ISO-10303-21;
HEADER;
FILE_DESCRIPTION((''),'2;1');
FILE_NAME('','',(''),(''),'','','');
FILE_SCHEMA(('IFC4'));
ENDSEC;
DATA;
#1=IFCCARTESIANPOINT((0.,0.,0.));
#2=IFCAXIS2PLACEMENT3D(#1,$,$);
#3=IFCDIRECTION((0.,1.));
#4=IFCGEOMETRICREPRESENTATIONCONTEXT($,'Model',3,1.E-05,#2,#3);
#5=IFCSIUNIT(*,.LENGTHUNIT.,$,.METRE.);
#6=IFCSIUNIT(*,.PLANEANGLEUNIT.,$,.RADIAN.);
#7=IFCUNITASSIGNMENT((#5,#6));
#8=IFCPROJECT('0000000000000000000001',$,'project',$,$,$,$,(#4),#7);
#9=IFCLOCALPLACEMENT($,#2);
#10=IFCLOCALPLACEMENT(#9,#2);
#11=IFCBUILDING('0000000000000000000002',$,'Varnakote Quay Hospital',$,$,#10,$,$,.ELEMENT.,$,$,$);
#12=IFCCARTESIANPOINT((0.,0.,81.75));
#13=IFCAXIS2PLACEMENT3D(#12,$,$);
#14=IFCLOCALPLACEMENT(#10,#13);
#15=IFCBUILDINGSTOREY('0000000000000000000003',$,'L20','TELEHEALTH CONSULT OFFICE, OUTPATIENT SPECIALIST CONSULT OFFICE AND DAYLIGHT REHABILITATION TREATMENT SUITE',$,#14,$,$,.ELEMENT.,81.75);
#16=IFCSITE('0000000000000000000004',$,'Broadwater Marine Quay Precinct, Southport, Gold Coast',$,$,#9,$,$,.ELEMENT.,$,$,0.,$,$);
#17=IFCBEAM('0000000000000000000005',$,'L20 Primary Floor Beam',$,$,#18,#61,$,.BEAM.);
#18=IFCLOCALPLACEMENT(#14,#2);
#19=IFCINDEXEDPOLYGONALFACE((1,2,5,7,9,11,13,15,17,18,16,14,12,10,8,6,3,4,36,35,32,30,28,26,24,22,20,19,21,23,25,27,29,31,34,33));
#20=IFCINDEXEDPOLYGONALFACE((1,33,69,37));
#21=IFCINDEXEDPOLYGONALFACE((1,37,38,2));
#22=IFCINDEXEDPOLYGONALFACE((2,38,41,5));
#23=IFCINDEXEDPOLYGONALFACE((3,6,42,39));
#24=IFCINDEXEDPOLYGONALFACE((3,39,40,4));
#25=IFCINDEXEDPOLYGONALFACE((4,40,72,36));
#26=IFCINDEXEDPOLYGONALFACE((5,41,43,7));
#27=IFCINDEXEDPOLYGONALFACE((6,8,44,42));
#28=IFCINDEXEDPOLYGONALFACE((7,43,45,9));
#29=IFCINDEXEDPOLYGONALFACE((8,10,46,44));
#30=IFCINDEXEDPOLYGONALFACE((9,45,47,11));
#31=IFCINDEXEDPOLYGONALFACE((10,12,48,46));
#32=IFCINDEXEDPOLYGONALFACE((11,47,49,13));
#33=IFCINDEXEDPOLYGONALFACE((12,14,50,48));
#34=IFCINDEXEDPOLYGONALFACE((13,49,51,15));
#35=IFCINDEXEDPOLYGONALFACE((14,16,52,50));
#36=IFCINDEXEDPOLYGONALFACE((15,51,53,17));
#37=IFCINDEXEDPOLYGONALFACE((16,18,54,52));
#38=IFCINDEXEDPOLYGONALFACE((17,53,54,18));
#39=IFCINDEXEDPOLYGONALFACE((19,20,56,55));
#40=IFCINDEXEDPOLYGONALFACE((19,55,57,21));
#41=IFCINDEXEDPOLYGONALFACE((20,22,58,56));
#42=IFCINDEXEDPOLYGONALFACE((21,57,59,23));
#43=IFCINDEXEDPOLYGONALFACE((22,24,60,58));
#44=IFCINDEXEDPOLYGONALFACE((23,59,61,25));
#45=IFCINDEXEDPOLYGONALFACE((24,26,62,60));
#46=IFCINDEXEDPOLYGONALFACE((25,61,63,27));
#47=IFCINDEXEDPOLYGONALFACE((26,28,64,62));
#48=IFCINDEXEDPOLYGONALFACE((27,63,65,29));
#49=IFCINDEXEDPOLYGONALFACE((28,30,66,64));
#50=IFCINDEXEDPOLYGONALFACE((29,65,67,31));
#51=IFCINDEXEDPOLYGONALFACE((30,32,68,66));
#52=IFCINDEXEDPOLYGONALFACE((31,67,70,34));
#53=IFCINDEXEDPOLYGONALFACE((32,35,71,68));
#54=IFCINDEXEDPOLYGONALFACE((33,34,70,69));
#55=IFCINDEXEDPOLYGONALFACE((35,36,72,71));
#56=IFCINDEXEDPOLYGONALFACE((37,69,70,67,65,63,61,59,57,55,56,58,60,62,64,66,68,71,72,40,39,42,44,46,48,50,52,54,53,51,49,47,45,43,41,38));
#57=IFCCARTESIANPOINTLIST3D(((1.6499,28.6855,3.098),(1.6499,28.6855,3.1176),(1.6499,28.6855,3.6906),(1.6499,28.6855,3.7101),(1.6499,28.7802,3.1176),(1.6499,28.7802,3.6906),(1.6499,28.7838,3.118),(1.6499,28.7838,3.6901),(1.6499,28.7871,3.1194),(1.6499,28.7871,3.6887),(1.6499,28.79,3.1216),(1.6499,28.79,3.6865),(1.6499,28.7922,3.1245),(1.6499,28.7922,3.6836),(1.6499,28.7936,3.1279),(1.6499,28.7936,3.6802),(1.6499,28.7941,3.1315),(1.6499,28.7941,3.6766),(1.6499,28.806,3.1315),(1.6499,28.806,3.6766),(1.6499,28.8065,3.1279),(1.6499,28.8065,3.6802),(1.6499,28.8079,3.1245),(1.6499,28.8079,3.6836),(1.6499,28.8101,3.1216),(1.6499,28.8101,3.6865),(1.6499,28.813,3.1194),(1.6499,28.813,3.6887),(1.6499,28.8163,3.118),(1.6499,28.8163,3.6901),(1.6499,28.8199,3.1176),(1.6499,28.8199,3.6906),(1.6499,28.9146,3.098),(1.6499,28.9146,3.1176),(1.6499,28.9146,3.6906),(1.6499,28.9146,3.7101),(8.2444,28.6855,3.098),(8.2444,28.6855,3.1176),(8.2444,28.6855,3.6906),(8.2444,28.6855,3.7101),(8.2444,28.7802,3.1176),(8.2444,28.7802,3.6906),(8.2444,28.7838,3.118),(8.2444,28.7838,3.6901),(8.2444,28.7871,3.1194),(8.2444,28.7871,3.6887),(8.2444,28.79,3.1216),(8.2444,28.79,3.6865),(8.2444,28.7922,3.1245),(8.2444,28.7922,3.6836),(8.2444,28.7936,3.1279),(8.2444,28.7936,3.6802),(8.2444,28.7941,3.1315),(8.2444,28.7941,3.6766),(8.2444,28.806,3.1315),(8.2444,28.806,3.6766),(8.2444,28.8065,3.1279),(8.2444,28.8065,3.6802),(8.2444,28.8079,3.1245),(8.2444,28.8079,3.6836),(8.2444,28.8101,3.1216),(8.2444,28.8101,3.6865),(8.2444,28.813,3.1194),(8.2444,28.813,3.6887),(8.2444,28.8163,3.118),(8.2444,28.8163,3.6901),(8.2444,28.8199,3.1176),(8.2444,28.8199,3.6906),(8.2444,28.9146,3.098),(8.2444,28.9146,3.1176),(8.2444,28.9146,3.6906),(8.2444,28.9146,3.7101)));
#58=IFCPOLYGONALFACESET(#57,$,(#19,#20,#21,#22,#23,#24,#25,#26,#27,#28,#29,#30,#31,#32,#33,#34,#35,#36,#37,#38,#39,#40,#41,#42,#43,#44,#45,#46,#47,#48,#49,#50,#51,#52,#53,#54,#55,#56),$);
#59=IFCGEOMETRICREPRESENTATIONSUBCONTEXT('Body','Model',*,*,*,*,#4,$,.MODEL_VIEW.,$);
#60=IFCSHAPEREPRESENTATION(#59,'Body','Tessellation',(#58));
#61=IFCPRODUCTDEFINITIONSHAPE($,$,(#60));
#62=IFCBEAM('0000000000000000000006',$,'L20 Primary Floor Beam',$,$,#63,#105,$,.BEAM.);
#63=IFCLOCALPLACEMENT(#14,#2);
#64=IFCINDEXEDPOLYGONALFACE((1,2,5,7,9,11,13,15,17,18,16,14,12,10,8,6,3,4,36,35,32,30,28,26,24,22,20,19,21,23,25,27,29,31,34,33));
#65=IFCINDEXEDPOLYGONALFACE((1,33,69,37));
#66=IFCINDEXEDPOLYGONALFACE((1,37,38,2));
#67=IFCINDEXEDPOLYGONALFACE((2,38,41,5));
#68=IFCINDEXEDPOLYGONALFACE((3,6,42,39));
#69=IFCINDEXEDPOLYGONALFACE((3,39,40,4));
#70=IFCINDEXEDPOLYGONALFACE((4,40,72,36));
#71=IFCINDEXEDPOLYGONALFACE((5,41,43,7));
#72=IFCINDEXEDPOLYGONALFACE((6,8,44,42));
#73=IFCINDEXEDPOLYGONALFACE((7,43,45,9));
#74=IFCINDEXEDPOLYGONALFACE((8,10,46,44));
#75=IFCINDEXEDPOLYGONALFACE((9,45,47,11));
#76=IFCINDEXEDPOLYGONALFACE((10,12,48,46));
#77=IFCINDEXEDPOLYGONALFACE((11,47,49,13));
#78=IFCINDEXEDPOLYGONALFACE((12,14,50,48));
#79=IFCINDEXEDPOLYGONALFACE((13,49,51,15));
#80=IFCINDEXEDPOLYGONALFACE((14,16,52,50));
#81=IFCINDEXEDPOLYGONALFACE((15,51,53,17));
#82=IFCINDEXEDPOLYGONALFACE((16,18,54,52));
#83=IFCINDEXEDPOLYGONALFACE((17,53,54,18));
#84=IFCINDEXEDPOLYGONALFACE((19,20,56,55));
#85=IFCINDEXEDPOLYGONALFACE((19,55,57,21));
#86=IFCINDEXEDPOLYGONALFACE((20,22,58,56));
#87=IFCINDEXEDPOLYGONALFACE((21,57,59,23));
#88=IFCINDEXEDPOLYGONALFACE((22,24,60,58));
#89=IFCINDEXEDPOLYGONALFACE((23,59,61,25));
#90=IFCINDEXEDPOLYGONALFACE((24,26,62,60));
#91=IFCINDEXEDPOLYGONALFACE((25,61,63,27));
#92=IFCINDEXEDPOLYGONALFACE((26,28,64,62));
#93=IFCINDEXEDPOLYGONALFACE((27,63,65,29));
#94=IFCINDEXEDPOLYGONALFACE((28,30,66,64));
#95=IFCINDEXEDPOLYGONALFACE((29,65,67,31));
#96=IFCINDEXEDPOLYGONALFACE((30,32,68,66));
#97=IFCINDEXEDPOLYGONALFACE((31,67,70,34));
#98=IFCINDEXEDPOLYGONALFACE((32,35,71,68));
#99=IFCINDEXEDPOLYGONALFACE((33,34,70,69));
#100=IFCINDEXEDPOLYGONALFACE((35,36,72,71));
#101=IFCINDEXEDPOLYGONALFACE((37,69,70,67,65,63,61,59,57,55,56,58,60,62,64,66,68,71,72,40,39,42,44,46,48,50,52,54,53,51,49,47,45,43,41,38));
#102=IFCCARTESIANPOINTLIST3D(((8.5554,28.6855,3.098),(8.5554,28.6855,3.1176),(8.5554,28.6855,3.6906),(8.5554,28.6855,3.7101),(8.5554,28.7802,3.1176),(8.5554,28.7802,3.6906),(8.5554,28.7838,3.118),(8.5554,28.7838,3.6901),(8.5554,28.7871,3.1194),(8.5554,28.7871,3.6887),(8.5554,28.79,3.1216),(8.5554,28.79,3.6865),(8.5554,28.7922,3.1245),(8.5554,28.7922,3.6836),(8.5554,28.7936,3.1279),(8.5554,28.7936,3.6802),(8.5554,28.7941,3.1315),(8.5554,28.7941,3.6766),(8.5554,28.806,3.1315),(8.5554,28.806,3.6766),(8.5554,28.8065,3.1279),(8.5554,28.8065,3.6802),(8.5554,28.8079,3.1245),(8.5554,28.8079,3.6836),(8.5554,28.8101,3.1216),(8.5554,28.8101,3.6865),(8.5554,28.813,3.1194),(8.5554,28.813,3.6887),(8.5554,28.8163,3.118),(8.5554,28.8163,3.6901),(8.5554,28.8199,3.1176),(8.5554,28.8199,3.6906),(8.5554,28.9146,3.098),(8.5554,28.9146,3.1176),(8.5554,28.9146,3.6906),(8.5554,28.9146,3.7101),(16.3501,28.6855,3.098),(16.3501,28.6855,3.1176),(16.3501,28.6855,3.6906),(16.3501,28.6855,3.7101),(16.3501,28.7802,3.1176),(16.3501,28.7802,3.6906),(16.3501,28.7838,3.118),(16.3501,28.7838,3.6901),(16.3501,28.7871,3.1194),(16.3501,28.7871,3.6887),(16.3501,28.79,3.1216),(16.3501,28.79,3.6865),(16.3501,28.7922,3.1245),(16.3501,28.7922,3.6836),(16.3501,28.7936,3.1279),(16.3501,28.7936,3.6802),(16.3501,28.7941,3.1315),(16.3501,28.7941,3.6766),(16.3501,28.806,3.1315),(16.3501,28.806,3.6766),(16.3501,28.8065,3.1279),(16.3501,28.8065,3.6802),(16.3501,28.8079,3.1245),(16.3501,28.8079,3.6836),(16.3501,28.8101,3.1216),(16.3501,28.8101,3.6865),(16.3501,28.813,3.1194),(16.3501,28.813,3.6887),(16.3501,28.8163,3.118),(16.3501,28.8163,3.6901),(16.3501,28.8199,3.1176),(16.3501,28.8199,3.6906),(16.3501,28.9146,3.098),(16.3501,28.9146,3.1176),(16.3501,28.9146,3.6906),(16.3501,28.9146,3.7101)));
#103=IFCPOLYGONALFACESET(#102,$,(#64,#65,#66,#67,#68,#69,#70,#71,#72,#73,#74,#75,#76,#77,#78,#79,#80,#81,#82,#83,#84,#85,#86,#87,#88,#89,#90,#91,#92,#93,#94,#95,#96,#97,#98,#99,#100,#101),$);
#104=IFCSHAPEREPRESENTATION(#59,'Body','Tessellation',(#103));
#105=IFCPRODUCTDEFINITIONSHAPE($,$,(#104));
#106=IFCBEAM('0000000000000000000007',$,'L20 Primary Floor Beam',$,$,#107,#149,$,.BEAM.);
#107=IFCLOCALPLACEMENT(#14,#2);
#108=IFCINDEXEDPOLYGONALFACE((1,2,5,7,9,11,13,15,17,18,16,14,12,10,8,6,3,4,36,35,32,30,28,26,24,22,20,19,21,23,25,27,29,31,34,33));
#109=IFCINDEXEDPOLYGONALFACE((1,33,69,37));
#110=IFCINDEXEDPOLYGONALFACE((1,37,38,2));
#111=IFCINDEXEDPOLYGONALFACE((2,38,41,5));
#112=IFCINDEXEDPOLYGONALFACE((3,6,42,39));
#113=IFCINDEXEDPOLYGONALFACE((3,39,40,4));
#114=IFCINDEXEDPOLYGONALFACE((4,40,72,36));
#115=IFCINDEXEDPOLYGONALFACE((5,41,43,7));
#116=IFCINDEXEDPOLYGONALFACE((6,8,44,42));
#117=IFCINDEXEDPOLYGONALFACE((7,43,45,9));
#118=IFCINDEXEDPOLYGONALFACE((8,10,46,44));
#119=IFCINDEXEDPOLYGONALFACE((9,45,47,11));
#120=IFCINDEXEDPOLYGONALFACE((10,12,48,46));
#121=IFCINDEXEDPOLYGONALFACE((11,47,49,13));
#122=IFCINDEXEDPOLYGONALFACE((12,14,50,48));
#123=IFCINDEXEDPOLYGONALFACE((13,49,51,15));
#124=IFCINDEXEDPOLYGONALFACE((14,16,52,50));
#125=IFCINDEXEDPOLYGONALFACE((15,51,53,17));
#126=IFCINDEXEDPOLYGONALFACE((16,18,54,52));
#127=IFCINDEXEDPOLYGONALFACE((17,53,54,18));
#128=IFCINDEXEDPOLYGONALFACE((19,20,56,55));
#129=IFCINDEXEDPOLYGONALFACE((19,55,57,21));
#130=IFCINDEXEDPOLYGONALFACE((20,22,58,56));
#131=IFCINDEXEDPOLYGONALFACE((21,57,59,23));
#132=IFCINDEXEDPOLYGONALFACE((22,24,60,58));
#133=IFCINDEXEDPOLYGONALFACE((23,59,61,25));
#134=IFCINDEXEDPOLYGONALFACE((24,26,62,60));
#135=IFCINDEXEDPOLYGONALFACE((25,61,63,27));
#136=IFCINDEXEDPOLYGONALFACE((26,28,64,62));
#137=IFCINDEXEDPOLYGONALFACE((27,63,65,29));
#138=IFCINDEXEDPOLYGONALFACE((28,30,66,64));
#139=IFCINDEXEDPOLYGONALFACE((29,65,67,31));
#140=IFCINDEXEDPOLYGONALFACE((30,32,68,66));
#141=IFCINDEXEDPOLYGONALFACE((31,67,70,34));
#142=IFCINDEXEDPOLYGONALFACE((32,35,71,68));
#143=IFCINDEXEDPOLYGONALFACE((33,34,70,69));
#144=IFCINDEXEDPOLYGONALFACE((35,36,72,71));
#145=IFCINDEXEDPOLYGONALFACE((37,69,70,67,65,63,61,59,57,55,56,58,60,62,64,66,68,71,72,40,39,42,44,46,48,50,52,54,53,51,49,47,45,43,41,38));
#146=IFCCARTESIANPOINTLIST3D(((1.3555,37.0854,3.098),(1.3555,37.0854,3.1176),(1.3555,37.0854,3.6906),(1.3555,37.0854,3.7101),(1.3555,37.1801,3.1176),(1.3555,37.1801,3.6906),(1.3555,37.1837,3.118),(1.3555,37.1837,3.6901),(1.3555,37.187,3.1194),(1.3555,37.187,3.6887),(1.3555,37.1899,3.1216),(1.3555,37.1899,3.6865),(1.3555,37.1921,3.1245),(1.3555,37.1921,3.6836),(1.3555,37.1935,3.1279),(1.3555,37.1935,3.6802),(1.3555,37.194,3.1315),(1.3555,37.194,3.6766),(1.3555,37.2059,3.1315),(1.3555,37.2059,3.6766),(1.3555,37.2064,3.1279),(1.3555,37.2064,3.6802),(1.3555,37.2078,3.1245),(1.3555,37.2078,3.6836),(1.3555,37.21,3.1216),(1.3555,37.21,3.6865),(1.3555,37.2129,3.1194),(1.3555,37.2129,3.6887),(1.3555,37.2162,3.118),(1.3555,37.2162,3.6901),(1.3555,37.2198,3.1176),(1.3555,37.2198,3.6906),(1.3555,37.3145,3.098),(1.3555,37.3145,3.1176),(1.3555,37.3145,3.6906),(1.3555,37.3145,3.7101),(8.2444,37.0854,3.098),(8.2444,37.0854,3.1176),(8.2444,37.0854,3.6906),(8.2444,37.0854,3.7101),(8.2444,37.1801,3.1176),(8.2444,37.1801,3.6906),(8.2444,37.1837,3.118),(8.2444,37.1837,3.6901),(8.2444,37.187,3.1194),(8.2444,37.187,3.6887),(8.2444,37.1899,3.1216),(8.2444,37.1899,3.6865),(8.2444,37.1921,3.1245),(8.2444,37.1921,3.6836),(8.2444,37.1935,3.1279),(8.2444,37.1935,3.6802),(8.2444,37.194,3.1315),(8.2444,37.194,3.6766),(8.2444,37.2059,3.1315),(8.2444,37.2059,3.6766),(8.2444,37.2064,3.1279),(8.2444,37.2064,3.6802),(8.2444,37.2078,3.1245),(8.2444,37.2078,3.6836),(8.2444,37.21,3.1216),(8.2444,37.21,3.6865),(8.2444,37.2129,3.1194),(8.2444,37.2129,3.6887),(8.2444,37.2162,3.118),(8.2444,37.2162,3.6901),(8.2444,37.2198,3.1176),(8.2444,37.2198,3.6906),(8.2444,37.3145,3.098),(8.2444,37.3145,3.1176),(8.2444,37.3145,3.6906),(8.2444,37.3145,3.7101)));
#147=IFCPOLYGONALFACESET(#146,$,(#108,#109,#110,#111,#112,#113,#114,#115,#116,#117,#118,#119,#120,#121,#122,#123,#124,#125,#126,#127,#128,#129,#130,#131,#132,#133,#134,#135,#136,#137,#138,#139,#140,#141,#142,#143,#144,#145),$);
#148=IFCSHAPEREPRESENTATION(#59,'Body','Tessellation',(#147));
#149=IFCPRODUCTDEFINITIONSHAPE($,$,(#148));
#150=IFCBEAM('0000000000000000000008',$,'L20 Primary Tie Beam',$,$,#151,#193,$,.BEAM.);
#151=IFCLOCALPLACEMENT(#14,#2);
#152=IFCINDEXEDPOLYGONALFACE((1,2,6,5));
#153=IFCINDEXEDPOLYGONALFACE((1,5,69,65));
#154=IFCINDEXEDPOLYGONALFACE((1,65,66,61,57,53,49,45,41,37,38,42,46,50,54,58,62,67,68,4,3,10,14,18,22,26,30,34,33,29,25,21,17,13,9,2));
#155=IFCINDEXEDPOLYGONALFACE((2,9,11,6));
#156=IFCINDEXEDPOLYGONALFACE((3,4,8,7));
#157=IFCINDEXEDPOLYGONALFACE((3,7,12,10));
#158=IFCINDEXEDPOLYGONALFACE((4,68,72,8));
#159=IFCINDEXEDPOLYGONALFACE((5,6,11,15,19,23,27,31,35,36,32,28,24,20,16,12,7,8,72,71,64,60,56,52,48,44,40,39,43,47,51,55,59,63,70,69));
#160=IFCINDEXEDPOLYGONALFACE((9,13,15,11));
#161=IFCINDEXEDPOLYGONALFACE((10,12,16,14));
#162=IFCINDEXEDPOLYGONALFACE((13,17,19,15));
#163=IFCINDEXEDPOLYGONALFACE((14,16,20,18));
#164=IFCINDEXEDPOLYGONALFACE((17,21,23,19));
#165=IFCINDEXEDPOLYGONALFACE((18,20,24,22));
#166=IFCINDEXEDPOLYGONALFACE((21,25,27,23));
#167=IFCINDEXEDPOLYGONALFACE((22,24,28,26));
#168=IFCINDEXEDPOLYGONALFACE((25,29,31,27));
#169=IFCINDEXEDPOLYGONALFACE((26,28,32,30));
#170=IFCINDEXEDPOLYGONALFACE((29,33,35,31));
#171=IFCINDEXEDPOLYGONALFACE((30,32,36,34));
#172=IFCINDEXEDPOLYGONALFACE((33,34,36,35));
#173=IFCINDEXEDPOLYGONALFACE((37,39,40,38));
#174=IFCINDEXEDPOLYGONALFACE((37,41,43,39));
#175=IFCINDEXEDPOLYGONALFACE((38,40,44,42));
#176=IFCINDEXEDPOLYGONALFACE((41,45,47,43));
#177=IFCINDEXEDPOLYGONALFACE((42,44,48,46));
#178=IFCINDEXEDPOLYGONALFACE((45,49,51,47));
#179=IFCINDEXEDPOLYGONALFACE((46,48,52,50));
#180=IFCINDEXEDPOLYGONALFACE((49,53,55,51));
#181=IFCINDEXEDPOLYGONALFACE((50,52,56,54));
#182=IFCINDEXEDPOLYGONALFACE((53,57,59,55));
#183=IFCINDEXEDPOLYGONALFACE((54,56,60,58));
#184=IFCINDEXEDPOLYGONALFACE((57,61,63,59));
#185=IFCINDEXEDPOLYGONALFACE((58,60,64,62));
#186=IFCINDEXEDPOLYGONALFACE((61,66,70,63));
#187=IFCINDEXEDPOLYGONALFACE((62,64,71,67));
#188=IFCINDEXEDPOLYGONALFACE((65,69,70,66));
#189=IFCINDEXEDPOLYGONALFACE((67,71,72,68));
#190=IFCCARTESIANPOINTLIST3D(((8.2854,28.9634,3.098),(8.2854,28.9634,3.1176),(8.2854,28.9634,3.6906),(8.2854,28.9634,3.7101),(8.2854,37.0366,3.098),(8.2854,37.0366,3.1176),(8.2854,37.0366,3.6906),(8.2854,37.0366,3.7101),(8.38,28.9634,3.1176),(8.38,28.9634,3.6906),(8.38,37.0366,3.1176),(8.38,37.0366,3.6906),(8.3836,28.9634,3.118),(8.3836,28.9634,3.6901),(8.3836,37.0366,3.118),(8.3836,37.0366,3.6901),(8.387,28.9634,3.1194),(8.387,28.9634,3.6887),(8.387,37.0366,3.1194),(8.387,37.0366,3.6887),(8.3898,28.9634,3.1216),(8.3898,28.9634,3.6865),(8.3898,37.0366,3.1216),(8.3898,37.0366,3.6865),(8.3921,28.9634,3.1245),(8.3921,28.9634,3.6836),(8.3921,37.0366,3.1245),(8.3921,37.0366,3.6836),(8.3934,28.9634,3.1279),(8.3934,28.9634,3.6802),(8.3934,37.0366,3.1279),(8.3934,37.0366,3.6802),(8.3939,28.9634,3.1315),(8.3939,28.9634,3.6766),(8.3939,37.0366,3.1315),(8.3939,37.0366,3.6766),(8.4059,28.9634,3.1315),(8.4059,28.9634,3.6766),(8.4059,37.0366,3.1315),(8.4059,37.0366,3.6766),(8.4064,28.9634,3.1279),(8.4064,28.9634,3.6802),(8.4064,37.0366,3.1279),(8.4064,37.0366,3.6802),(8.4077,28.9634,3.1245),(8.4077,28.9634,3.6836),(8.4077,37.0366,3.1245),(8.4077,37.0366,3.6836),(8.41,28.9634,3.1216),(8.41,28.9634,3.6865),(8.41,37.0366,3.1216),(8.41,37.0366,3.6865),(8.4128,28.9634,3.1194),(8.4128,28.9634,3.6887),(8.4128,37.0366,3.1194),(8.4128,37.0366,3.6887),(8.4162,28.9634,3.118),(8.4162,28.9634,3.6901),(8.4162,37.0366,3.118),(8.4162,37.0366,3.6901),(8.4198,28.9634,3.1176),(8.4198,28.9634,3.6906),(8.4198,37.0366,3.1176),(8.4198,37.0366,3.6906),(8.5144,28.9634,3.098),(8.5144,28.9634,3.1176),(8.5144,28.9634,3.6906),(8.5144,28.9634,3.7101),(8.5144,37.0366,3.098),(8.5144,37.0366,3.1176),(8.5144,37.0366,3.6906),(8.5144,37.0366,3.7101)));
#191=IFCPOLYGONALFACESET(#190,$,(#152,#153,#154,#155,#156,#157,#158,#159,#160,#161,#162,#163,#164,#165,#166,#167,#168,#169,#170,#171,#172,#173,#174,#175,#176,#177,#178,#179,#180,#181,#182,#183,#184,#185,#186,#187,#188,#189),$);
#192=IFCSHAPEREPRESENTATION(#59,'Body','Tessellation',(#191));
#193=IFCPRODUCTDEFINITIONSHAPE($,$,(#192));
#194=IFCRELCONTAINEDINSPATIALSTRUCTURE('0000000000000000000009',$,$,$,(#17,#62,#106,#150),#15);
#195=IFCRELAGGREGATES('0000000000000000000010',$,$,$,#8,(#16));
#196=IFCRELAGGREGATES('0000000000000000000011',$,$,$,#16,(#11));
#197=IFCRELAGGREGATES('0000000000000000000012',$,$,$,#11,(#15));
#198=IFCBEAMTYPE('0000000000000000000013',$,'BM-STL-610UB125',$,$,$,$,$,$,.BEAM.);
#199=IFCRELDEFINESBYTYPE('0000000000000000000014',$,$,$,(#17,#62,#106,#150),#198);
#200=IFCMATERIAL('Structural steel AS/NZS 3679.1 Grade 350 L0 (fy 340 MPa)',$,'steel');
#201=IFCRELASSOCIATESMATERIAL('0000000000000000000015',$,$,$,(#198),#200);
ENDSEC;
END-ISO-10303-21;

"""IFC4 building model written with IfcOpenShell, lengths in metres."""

from ifc_helpers import new_model, si_unit, direction, frame, origin, origin_2d, place, context, subcontext, project, spatial, i_section, extrude, material, material_profile, profile_set, type_object, element, save


model = new_model("IFC4")

# Units and contexts
model_context = context("Model", 3, precision=1e-05, world=origin(), true_north=direction((0.0, 1.0)))
body_context = subcontext(model_context, "Body", "Model", "MODEL_VIEW")
ifc_project = project(units=[si_unit("LENGTHUNIT", "METRE"), si_unit("PLANEANGLEUNIT", "RADIAN")], contexts=[model_context])

# Site, building, storey
site_placement = place(None, origin())
site = spatial("IfcSite", under=ifc_project, at=site_placement, Name="Broadwater Marine Quay Precinct, Southport, Gold Coast", CompositionType="ELEMENT", RefElevation=0.0)
building_placement = place(site_placement, origin())
building = spatial("IfcBuilding", under=site, at=building_placement, Name="Varnakote Quay Hospital", CompositionType="ELEMENT")
storey_placement = place(building_placement, frame((0.0, 0.0, 81.75)))
storey = spatial("IfcBuildingStorey", under=building, at=storey_placement, Name="L20", Description="TELEHEALTH CONSULT OFFICE, OUTPATIENT SPECIALIST CONSULT OFFICE AND DAYLIGHT REHABILITATION TREATMENT SUITE", CompositionType="ELEMENT", Elevation=81.75)

# Beams
ifc_material_1 = material(Name="Structural steel AS/NZS 3679.1 Grade 350 L0 (fy 340 MPa)", Category="steel")
ifc_material_profile_1 = material_profile(ifc_material_1, i_section(OverallWidth=0.229, OverallDepth=0.6121, WebThickness=0.012, FlangeThickness=0.0195, FilletRadius=0.0139, at=origin_2d()), Name="610UB125")
ifc_profile_set_1 = profile_set([ifc_material_profile_1], Name="Structural steel AS/NZS 3679.1 Grade 350 L0 (fy 340 MPa)")
beam_type_1 = type_object("IfcBeamType", Name="BM-STL-610UB125", PredefinedType="BEAM", material=ifc_profile_set_1)
beam_1_placement = place(storey_placement, frame((1.6499, 28.8, 3.4041), z_axis=(1.0, 0.0, 0.0), x_axis=(0.0, 1.0, 0.0)))
element("IfcBeam", 1, at=beam_1_placement, inside=storey, type_object=beam_type_1, Name="L20 Primary Floor Beam", PredefinedType="BEAM", context=body_context, shape_type="SweptSolid", body=[
    extrude(i_section(OverallWidth=0.229, OverallDepth=0.6121, WebThickness=0.012, FlangeThickness=0.0195, FilletRadius=0.0139, at=origin_2d()), origin(), (0.0, 0.0, 1.0), 6.5945),
])
beam_2_placement = place(storey_placement, frame((8.5554, 28.8, 3.4041), z_axis=(1.0, 0.0, 0.0), x_axis=(0.0, 1.0, 0.0)))
element("IfcBeam", 2, at=beam_2_placement, inside=storey, type_object=beam_type_1, Name="L20 Primary Floor Beam", PredefinedType="BEAM", context=body_context, shape_type="SweptSolid", body=[
    extrude(i_section(OverallWidth=0.229, OverallDepth=0.6121, WebThickness=0.012, FlangeThickness=0.0195, FilletRadius=0.0139, at=origin_2d()), origin(), (0.0, 0.0, 1.0), 7.7947),
])
beam_3_placement = place(storey_placement, frame((1.3555, 37.2, 3.4041), z_axis=(1.0, 0.0, 0.0), x_axis=(0.0, 1.0, 0.0)))
element("IfcBeam", 3, at=beam_3_placement, inside=storey, type_object=beam_type_1, Name="L20 Primary Floor Beam", PredefinedType="BEAM", context=body_context, shape_type="SweptSolid", body=[
    extrude(i_section(OverallWidth=0.229, OverallDepth=0.6121, WebThickness=0.012, FlangeThickness=0.0195, FilletRadius=0.0139, at=origin_2d()), origin(), (0.0, 0.0, 1.0), 6.8889),
])
beam_4_placement = place(storey_placement, frame((8.3999, 28.9634, 3.4041), z_axis=(0.0, 1.0, 0.0), x_axis=(-1.0, 0.0, 0.0)))
element("IfcBeam", 4, at=beam_4_placement, inside=storey, type_object=beam_type_1, Name="L20 Primary Tie Beam", PredefinedType="BEAM", context=body_context, shape_type="SweptSolid", body=[
    extrude(i_section(OverallWidth=0.229, OverallDepth=0.6121, WebThickness=0.012, FlangeThickness=0.0195, FilletRadius=0.0139, at=origin_2d()), origin(), (0.0, 0.0, 1.0), 8.0732),
])

save(model, "model.ifc")
